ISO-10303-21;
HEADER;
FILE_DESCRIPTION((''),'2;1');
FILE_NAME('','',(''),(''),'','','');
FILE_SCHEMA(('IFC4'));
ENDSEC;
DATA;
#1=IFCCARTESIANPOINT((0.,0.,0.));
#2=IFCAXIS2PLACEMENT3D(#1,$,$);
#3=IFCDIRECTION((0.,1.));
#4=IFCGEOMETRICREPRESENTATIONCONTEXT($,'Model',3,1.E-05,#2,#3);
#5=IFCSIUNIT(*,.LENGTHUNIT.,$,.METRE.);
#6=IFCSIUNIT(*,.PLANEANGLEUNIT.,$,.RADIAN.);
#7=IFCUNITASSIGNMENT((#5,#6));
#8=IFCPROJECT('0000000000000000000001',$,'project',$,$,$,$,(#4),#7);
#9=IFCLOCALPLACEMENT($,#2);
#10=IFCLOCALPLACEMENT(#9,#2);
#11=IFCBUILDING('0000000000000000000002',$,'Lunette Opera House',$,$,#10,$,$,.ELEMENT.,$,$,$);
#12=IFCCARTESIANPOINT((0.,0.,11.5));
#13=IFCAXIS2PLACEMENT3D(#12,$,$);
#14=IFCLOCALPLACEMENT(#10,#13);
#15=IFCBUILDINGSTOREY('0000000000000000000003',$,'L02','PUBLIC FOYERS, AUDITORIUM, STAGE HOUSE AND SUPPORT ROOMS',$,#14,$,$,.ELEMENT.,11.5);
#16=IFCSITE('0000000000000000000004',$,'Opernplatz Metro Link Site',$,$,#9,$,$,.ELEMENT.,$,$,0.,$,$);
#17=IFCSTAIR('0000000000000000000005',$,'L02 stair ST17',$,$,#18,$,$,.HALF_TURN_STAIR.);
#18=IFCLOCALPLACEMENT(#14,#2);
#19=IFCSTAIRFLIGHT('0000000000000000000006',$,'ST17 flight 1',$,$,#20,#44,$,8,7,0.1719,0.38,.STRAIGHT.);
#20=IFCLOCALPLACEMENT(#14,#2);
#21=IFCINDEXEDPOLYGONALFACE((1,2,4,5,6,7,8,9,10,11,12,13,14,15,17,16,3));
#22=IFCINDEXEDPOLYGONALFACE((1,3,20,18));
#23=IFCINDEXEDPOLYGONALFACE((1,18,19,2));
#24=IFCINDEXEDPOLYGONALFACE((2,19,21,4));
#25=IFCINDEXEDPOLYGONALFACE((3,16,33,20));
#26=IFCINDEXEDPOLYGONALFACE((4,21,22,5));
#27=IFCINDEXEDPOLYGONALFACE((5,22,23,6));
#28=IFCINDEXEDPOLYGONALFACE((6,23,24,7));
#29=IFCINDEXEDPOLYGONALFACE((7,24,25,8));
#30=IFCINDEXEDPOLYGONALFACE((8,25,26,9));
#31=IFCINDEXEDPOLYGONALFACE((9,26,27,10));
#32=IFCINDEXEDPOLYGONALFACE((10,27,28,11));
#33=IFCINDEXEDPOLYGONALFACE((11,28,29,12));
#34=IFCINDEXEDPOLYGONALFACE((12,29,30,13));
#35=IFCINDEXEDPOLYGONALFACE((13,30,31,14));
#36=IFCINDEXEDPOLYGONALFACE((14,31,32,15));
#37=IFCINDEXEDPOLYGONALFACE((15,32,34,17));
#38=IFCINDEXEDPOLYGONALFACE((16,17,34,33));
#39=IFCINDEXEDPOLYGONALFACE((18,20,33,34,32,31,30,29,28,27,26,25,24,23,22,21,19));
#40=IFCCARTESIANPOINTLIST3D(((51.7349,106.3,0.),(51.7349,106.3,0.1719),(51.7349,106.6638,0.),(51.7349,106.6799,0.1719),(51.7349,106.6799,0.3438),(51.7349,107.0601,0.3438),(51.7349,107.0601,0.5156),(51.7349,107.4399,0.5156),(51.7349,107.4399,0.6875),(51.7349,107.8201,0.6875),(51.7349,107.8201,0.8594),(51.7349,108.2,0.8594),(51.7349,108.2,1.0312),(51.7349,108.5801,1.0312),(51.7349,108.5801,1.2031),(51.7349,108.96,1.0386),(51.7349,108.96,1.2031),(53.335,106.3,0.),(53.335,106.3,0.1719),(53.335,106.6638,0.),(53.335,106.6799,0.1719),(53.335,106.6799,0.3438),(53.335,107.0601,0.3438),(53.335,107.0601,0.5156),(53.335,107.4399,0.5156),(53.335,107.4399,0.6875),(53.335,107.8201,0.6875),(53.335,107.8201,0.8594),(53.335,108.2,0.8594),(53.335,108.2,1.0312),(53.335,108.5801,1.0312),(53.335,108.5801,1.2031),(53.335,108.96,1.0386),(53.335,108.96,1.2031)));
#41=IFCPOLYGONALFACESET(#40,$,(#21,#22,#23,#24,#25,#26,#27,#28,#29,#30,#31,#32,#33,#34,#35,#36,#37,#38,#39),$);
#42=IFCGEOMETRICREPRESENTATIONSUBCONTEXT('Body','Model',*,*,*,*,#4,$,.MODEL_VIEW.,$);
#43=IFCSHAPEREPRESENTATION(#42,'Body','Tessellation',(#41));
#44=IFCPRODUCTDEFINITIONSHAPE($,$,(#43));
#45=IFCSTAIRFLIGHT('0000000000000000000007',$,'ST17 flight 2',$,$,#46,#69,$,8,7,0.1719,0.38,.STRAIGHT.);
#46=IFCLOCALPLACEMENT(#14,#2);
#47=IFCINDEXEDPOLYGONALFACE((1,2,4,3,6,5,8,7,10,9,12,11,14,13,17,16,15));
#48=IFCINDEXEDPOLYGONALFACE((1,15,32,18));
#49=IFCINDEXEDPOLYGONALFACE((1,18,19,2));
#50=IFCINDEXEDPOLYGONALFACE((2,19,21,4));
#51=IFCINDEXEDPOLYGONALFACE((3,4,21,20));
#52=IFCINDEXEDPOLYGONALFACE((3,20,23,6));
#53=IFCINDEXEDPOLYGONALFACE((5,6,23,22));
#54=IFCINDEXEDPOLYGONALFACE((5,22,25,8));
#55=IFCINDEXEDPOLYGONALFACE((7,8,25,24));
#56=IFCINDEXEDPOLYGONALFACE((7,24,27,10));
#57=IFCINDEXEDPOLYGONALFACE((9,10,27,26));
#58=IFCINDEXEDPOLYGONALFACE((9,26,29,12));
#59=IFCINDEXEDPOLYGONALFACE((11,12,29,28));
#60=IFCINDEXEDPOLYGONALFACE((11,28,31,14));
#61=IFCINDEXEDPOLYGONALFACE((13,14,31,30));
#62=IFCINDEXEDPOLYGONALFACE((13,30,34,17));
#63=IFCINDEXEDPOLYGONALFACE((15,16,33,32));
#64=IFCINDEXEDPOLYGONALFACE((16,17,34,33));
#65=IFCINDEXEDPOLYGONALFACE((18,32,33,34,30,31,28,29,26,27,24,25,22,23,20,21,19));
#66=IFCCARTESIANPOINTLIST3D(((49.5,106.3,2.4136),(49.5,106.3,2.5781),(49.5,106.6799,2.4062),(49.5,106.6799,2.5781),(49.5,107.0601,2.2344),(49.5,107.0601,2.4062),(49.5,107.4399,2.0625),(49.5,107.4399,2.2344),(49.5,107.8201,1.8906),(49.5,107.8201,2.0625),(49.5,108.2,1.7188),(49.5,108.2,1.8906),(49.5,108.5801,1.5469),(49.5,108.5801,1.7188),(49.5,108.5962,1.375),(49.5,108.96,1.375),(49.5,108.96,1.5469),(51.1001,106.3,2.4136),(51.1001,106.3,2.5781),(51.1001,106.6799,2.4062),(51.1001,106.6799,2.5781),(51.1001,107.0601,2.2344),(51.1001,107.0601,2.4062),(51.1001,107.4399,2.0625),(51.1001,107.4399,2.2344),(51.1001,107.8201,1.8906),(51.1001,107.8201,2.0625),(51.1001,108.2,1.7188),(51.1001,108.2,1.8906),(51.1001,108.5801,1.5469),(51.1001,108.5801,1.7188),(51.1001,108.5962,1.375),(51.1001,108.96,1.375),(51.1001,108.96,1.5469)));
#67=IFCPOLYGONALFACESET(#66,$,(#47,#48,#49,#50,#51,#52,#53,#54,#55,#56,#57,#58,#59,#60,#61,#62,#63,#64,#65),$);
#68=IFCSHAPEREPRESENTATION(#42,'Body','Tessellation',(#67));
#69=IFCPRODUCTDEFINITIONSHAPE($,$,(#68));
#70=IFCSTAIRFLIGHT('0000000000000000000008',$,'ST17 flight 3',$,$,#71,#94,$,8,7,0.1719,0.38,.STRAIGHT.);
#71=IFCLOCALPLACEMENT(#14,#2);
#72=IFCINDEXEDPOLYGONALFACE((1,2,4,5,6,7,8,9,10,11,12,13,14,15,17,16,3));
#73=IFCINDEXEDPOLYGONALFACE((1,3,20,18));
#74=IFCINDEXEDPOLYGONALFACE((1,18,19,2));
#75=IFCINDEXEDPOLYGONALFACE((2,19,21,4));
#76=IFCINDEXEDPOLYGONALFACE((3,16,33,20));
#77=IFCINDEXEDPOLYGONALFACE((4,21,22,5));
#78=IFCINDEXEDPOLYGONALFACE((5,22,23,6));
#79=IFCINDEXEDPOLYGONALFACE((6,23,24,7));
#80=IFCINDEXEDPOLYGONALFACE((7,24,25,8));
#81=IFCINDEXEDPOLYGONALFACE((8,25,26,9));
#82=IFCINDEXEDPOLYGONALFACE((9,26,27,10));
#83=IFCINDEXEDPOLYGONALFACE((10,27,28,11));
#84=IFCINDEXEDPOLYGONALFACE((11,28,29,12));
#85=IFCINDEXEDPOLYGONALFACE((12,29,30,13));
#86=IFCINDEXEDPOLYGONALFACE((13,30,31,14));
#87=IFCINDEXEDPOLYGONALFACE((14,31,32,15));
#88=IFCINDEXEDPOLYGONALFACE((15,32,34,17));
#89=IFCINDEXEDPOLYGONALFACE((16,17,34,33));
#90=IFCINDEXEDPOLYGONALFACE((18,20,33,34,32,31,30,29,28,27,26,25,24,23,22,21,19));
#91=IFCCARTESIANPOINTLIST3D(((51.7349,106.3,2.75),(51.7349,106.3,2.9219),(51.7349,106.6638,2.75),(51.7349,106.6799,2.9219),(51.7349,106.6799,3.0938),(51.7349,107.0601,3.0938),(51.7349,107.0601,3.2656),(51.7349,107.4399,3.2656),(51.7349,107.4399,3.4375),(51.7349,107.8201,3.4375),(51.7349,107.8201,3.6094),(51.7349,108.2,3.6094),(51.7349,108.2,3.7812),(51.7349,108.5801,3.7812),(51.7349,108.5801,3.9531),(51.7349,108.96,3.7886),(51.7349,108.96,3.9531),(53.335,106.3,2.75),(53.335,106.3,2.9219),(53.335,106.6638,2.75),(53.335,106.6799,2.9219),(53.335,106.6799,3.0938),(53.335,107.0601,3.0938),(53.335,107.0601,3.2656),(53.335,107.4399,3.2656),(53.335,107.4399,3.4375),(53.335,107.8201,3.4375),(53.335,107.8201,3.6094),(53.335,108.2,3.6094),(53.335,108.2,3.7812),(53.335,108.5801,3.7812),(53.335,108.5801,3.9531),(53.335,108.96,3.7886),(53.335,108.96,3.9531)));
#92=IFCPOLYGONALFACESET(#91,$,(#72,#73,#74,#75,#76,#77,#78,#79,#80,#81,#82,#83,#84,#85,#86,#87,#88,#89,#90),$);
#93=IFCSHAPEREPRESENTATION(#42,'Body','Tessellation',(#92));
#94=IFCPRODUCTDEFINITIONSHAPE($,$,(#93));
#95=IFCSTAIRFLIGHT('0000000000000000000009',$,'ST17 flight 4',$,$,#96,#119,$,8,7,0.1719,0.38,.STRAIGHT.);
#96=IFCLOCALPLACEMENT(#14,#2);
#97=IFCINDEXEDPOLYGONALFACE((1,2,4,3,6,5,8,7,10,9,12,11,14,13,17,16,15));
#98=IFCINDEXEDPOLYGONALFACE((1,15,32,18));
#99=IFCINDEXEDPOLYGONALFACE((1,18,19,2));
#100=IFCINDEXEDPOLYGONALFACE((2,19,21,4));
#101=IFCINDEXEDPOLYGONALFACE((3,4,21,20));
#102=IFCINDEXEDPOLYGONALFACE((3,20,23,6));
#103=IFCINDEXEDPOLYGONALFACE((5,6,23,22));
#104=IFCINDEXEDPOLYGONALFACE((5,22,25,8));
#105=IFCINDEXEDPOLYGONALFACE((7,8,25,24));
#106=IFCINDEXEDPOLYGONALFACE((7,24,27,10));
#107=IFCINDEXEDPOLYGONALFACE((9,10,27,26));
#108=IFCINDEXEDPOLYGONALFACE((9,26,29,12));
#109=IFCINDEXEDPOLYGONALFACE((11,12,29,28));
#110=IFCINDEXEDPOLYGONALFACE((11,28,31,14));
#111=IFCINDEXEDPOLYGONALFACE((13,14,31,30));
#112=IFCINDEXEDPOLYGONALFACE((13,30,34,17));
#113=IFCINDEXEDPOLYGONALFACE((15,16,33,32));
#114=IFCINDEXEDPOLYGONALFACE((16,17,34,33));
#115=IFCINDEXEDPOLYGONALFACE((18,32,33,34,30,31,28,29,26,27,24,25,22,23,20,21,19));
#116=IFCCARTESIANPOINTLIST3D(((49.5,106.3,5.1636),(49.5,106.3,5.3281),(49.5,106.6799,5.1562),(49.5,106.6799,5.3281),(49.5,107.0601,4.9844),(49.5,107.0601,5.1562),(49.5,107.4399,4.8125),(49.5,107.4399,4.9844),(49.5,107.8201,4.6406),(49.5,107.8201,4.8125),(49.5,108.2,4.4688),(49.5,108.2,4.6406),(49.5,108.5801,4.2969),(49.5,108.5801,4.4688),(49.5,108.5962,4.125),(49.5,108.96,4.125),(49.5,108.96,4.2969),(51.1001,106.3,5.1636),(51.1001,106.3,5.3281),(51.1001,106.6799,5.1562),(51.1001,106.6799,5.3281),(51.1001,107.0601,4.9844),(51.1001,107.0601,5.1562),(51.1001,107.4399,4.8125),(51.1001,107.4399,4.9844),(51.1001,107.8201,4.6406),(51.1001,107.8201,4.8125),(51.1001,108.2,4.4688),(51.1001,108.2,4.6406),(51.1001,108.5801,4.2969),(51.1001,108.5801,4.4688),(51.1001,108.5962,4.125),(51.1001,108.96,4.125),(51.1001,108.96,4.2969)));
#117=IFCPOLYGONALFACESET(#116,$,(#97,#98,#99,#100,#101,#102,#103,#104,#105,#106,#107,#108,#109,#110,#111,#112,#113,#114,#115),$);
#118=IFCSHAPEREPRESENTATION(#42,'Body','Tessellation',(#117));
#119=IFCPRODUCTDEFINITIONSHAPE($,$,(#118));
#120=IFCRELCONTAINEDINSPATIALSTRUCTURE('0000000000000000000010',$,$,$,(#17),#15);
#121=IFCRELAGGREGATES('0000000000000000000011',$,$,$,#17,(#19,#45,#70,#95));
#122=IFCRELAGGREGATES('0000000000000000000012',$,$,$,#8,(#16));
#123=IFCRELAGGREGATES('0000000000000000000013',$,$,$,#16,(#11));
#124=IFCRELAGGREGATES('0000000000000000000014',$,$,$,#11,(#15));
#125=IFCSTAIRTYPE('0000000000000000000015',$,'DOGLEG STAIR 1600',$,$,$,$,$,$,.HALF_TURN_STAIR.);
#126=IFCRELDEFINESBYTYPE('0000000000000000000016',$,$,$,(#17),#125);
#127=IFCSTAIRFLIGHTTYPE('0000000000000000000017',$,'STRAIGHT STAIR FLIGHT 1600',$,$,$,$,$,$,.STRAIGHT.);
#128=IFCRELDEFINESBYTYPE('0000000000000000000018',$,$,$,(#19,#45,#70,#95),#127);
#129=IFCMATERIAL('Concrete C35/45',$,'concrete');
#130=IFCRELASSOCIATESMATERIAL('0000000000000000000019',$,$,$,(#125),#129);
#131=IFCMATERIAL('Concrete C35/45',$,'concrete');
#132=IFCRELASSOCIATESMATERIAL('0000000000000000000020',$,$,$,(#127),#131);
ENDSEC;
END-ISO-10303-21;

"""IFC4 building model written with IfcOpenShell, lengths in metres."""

from ifc_helpers import new_model, si_unit, direction, frame, origin, place, context, subcontext, project, spatial, polyline, outline, extrude, material, type_object, element, aggregate, save


model = new_model("IFC4")

# Units and contexts
model_context = context("Model", 3, precision=1e-05, world=origin(), true_north=direction((0.0, 1.0)))
body_context = subcontext(model_context, "Body", "Model", "MODEL_VIEW")
ifc_project = project(units=[si_unit("LENGTHUNIT", "METRE"), si_unit("PLANEANGLEUNIT", "RADIAN")], contexts=[model_context])

# Site, building, storey
site_placement = place(None, origin())
site = spatial("IfcSite", under=ifc_project, at=site_placement, Name="Opernplatz Metro Link Site", CompositionType="ELEMENT", RefElevation=0.0)
building_placement = place(site_placement, origin())
building = spatial("IfcBuilding", under=site, at=building_placement, Name="Lunette Opera House", CompositionType="ELEMENT")
storey_placement = place(building_placement, frame((0.0, 0.0, 11.5)))
storey = spatial("IfcBuildingStorey", under=building, at=storey_placement, Name="L02", Description="PUBLIC FOYERS, AUDITORIUM, STAGE HOUSE AND SUPPORT ROOMS", CompositionType="ELEMENT", Elevation=11.5)

# Stair, stair flights
ifc_material_1 = material(Name="Concrete C35/45", Category="concrete")
stair_type = type_object("IfcStairType", Name="DOGLEG STAIR 1600", PredefinedType="HALF_TURN_STAIR", material=ifc_material_1)
stair_placement = place(storey_placement, origin())
stair = element("IfcStair", 1, at=stair_placement, inside=storey, type_object=stair_type, Name="L02 stair ST17", PredefinedType="HALF_TURN_STAIR")
ifc_material_2 = material(Name="Concrete C35/45", Category="concrete")
stair_flight_type = type_object("IfcStairFlightType", Name="STRAIGHT STAIR FLIGHT 1600", PredefinedType="STRAIGHT", material=ifc_material_2)
stair_flight_1_placement = place(storey_placement, frame((52.5349, 106.3, 0.0), z_axis=(0.0, 0.0, 1.0), x_axis=(0.0, 1.0, 0.0)))
stair_flight_1 = element("IfcStairFlight", 2, at=stair_flight_1_placement, type_object=stair_flight_type, Name="ST17 flight 1", NumberOfRisers=8, NumberOfTreads=7, PredefinedType="STRAIGHT", RiserHeight=0.1719, TreadLength=0.38, context=body_context, shape_type="SweptSolid", body=[
    extrude(outline(polyline([(0.0, 0.0), (0.0, 0.1719), (0.3799, 0.1719), (0.3799, 0.3438), (0.76, 0.3438), (0.76, 0.5156), (1.1399, 0.5156), (1.1399, 0.6875), (1.52, 0.6875), (1.52, 0.8594), (1.8999, 0.8594), (1.8999, 1.0312), (2.28, 1.0312), (2.28, 1.2031), (2.6599, 1.2031), (2.6599, 1.375), (2.6599, 1.0386), (0.3638, 0.0), (0.0, 0.0)])), frame((0.0, 0.8, 0.0), z_axis=(0.0, -1.0, 0.0), x_axis=(1.0, 0.0, 0.0)), (0.0, 0.0, 1.0), 1.6001),
])
stair_flight_2_placement = place(storey_placement, frame((50.3, 108.96, 1.375), z_axis=(0.0, 0.0, 1.0), x_axis=(0.0, -1.0, 0.0)))
stair_flight_2 = element("IfcStairFlight", 3, at=stair_flight_2_placement, type_object=stair_flight_type, Name="ST17 flight 2", NumberOfRisers=8, NumberOfTreads=7, PredefinedType="STRAIGHT", RiserHeight=0.1719, TreadLength=0.38, context=body_context, shape_type="SweptSolid", body=[
    extrude(outline(polyline([(0.0, 0.0), (0.0, 0.1719), (0.3799, 0.1719), (0.3799, 0.3438), (0.76, 0.3438), (0.76, 0.5156), (1.1399, 0.5156), (1.1399, 0.6875), (1.52, 0.6875), (1.52, 0.8594), (1.8999, 0.8594), (1.8999, 1.0312), (2.28, 1.0312), (2.28, 1.2031), (2.6599, 1.2031), (2.6599, 1.375), (2.6599, 1.0386), (0.3638, 0.0), (0.0, 0.0)])), frame((0.0, 0.8, 0.0), z_axis=(0.0, -1.0, 0.0), x_axis=(1.0, 0.0, 0.0)), (0.0, 0.0, 1.0), 1.6001),
])
stair_flight_3_placement = place(storey_placement, frame((52.5349, 106.3, 2.75), z_axis=(0.0, 0.0, 1.0), x_axis=(0.0, 1.0, 0.0)))
stair_flight_3 = element("IfcStairFlight", 4, at=stair_flight_3_placement, type_object=stair_flight_type, Name="ST17 flight 3", NumberOfRisers=8, NumberOfTreads=7, PredefinedType="STRAIGHT", RiserHeight=0.1719, TreadLength=0.38, context=body_context, shape_type="SweptSolid", body=[
    extrude(outline(polyline([(0.0, 0.0), (0.0, 0.1719), (0.3799, 0.1719), (0.3799, 0.3438), (0.76, 0.3438), (0.76, 0.5156), (1.1399, 0.5156), (1.1399, 0.6875), (1.52, 0.6875), (1.52, 0.8594), (1.8999, 0.8594), (1.8999, 1.0312), (2.28, 1.0312), (2.28, 1.2031), (2.6599, 1.2031), (2.6599, 1.375), (2.6599, 1.0386), (0.3638, 0.0), (0.0, 0.0)])), frame((0.0, 0.8, 0.0), z_axis=(0.0, -1.0, 0.0), x_axis=(1.0, 0.0, 0.0)), (0.0, 0.0, 1.0), 1.6001),
])
stair_flight_4_placement = place(storey_placement, frame((50.3, 108.96, 4.125), z_axis=(0.0, 0.0, 1.0), x_axis=(0.0, -1.0, 0.0)))
stair_flight_4 = element("IfcStairFlight", 5, at=stair_flight_4_placement, type_object=stair_flight_type, Name="ST17 flight 4", NumberOfRisers=8, NumberOfTreads=7, PredefinedType="STRAIGHT", RiserHeight=0.1719, TreadLength=0.38, context=body_context, shape_type="SweptSolid", body=[
    extrude(outline(polyline([(0.0, 0.0), (0.0, 0.1719), (0.3799, 0.1719), (0.3799, 0.3438), (0.76, 0.3438), (0.76, 0.5156), (1.1399, 0.5156), (1.1399, 0.6875), (1.52, 0.6875), (1.52, 0.8594), (1.8999, 0.8594), (1.8999, 1.0312), (2.28, 1.0312), (2.28, 1.2031), (2.6599, 1.2031), (2.6599, 1.375), (2.6599, 1.0386), (0.3638, 0.0), (0.0, 0.0)])), frame((0.0, 0.8, 0.0), z_axis=(0.0, -1.0, 0.0), x_axis=(1.0, 0.0, 0.0)), (0.0, 0.0, 1.0), 1.6001),
])
aggregate(stair, [stair_flight_1, stair_flight_2, stair_flight_3, stair_flight_4])

save(model, "model.ifc")
